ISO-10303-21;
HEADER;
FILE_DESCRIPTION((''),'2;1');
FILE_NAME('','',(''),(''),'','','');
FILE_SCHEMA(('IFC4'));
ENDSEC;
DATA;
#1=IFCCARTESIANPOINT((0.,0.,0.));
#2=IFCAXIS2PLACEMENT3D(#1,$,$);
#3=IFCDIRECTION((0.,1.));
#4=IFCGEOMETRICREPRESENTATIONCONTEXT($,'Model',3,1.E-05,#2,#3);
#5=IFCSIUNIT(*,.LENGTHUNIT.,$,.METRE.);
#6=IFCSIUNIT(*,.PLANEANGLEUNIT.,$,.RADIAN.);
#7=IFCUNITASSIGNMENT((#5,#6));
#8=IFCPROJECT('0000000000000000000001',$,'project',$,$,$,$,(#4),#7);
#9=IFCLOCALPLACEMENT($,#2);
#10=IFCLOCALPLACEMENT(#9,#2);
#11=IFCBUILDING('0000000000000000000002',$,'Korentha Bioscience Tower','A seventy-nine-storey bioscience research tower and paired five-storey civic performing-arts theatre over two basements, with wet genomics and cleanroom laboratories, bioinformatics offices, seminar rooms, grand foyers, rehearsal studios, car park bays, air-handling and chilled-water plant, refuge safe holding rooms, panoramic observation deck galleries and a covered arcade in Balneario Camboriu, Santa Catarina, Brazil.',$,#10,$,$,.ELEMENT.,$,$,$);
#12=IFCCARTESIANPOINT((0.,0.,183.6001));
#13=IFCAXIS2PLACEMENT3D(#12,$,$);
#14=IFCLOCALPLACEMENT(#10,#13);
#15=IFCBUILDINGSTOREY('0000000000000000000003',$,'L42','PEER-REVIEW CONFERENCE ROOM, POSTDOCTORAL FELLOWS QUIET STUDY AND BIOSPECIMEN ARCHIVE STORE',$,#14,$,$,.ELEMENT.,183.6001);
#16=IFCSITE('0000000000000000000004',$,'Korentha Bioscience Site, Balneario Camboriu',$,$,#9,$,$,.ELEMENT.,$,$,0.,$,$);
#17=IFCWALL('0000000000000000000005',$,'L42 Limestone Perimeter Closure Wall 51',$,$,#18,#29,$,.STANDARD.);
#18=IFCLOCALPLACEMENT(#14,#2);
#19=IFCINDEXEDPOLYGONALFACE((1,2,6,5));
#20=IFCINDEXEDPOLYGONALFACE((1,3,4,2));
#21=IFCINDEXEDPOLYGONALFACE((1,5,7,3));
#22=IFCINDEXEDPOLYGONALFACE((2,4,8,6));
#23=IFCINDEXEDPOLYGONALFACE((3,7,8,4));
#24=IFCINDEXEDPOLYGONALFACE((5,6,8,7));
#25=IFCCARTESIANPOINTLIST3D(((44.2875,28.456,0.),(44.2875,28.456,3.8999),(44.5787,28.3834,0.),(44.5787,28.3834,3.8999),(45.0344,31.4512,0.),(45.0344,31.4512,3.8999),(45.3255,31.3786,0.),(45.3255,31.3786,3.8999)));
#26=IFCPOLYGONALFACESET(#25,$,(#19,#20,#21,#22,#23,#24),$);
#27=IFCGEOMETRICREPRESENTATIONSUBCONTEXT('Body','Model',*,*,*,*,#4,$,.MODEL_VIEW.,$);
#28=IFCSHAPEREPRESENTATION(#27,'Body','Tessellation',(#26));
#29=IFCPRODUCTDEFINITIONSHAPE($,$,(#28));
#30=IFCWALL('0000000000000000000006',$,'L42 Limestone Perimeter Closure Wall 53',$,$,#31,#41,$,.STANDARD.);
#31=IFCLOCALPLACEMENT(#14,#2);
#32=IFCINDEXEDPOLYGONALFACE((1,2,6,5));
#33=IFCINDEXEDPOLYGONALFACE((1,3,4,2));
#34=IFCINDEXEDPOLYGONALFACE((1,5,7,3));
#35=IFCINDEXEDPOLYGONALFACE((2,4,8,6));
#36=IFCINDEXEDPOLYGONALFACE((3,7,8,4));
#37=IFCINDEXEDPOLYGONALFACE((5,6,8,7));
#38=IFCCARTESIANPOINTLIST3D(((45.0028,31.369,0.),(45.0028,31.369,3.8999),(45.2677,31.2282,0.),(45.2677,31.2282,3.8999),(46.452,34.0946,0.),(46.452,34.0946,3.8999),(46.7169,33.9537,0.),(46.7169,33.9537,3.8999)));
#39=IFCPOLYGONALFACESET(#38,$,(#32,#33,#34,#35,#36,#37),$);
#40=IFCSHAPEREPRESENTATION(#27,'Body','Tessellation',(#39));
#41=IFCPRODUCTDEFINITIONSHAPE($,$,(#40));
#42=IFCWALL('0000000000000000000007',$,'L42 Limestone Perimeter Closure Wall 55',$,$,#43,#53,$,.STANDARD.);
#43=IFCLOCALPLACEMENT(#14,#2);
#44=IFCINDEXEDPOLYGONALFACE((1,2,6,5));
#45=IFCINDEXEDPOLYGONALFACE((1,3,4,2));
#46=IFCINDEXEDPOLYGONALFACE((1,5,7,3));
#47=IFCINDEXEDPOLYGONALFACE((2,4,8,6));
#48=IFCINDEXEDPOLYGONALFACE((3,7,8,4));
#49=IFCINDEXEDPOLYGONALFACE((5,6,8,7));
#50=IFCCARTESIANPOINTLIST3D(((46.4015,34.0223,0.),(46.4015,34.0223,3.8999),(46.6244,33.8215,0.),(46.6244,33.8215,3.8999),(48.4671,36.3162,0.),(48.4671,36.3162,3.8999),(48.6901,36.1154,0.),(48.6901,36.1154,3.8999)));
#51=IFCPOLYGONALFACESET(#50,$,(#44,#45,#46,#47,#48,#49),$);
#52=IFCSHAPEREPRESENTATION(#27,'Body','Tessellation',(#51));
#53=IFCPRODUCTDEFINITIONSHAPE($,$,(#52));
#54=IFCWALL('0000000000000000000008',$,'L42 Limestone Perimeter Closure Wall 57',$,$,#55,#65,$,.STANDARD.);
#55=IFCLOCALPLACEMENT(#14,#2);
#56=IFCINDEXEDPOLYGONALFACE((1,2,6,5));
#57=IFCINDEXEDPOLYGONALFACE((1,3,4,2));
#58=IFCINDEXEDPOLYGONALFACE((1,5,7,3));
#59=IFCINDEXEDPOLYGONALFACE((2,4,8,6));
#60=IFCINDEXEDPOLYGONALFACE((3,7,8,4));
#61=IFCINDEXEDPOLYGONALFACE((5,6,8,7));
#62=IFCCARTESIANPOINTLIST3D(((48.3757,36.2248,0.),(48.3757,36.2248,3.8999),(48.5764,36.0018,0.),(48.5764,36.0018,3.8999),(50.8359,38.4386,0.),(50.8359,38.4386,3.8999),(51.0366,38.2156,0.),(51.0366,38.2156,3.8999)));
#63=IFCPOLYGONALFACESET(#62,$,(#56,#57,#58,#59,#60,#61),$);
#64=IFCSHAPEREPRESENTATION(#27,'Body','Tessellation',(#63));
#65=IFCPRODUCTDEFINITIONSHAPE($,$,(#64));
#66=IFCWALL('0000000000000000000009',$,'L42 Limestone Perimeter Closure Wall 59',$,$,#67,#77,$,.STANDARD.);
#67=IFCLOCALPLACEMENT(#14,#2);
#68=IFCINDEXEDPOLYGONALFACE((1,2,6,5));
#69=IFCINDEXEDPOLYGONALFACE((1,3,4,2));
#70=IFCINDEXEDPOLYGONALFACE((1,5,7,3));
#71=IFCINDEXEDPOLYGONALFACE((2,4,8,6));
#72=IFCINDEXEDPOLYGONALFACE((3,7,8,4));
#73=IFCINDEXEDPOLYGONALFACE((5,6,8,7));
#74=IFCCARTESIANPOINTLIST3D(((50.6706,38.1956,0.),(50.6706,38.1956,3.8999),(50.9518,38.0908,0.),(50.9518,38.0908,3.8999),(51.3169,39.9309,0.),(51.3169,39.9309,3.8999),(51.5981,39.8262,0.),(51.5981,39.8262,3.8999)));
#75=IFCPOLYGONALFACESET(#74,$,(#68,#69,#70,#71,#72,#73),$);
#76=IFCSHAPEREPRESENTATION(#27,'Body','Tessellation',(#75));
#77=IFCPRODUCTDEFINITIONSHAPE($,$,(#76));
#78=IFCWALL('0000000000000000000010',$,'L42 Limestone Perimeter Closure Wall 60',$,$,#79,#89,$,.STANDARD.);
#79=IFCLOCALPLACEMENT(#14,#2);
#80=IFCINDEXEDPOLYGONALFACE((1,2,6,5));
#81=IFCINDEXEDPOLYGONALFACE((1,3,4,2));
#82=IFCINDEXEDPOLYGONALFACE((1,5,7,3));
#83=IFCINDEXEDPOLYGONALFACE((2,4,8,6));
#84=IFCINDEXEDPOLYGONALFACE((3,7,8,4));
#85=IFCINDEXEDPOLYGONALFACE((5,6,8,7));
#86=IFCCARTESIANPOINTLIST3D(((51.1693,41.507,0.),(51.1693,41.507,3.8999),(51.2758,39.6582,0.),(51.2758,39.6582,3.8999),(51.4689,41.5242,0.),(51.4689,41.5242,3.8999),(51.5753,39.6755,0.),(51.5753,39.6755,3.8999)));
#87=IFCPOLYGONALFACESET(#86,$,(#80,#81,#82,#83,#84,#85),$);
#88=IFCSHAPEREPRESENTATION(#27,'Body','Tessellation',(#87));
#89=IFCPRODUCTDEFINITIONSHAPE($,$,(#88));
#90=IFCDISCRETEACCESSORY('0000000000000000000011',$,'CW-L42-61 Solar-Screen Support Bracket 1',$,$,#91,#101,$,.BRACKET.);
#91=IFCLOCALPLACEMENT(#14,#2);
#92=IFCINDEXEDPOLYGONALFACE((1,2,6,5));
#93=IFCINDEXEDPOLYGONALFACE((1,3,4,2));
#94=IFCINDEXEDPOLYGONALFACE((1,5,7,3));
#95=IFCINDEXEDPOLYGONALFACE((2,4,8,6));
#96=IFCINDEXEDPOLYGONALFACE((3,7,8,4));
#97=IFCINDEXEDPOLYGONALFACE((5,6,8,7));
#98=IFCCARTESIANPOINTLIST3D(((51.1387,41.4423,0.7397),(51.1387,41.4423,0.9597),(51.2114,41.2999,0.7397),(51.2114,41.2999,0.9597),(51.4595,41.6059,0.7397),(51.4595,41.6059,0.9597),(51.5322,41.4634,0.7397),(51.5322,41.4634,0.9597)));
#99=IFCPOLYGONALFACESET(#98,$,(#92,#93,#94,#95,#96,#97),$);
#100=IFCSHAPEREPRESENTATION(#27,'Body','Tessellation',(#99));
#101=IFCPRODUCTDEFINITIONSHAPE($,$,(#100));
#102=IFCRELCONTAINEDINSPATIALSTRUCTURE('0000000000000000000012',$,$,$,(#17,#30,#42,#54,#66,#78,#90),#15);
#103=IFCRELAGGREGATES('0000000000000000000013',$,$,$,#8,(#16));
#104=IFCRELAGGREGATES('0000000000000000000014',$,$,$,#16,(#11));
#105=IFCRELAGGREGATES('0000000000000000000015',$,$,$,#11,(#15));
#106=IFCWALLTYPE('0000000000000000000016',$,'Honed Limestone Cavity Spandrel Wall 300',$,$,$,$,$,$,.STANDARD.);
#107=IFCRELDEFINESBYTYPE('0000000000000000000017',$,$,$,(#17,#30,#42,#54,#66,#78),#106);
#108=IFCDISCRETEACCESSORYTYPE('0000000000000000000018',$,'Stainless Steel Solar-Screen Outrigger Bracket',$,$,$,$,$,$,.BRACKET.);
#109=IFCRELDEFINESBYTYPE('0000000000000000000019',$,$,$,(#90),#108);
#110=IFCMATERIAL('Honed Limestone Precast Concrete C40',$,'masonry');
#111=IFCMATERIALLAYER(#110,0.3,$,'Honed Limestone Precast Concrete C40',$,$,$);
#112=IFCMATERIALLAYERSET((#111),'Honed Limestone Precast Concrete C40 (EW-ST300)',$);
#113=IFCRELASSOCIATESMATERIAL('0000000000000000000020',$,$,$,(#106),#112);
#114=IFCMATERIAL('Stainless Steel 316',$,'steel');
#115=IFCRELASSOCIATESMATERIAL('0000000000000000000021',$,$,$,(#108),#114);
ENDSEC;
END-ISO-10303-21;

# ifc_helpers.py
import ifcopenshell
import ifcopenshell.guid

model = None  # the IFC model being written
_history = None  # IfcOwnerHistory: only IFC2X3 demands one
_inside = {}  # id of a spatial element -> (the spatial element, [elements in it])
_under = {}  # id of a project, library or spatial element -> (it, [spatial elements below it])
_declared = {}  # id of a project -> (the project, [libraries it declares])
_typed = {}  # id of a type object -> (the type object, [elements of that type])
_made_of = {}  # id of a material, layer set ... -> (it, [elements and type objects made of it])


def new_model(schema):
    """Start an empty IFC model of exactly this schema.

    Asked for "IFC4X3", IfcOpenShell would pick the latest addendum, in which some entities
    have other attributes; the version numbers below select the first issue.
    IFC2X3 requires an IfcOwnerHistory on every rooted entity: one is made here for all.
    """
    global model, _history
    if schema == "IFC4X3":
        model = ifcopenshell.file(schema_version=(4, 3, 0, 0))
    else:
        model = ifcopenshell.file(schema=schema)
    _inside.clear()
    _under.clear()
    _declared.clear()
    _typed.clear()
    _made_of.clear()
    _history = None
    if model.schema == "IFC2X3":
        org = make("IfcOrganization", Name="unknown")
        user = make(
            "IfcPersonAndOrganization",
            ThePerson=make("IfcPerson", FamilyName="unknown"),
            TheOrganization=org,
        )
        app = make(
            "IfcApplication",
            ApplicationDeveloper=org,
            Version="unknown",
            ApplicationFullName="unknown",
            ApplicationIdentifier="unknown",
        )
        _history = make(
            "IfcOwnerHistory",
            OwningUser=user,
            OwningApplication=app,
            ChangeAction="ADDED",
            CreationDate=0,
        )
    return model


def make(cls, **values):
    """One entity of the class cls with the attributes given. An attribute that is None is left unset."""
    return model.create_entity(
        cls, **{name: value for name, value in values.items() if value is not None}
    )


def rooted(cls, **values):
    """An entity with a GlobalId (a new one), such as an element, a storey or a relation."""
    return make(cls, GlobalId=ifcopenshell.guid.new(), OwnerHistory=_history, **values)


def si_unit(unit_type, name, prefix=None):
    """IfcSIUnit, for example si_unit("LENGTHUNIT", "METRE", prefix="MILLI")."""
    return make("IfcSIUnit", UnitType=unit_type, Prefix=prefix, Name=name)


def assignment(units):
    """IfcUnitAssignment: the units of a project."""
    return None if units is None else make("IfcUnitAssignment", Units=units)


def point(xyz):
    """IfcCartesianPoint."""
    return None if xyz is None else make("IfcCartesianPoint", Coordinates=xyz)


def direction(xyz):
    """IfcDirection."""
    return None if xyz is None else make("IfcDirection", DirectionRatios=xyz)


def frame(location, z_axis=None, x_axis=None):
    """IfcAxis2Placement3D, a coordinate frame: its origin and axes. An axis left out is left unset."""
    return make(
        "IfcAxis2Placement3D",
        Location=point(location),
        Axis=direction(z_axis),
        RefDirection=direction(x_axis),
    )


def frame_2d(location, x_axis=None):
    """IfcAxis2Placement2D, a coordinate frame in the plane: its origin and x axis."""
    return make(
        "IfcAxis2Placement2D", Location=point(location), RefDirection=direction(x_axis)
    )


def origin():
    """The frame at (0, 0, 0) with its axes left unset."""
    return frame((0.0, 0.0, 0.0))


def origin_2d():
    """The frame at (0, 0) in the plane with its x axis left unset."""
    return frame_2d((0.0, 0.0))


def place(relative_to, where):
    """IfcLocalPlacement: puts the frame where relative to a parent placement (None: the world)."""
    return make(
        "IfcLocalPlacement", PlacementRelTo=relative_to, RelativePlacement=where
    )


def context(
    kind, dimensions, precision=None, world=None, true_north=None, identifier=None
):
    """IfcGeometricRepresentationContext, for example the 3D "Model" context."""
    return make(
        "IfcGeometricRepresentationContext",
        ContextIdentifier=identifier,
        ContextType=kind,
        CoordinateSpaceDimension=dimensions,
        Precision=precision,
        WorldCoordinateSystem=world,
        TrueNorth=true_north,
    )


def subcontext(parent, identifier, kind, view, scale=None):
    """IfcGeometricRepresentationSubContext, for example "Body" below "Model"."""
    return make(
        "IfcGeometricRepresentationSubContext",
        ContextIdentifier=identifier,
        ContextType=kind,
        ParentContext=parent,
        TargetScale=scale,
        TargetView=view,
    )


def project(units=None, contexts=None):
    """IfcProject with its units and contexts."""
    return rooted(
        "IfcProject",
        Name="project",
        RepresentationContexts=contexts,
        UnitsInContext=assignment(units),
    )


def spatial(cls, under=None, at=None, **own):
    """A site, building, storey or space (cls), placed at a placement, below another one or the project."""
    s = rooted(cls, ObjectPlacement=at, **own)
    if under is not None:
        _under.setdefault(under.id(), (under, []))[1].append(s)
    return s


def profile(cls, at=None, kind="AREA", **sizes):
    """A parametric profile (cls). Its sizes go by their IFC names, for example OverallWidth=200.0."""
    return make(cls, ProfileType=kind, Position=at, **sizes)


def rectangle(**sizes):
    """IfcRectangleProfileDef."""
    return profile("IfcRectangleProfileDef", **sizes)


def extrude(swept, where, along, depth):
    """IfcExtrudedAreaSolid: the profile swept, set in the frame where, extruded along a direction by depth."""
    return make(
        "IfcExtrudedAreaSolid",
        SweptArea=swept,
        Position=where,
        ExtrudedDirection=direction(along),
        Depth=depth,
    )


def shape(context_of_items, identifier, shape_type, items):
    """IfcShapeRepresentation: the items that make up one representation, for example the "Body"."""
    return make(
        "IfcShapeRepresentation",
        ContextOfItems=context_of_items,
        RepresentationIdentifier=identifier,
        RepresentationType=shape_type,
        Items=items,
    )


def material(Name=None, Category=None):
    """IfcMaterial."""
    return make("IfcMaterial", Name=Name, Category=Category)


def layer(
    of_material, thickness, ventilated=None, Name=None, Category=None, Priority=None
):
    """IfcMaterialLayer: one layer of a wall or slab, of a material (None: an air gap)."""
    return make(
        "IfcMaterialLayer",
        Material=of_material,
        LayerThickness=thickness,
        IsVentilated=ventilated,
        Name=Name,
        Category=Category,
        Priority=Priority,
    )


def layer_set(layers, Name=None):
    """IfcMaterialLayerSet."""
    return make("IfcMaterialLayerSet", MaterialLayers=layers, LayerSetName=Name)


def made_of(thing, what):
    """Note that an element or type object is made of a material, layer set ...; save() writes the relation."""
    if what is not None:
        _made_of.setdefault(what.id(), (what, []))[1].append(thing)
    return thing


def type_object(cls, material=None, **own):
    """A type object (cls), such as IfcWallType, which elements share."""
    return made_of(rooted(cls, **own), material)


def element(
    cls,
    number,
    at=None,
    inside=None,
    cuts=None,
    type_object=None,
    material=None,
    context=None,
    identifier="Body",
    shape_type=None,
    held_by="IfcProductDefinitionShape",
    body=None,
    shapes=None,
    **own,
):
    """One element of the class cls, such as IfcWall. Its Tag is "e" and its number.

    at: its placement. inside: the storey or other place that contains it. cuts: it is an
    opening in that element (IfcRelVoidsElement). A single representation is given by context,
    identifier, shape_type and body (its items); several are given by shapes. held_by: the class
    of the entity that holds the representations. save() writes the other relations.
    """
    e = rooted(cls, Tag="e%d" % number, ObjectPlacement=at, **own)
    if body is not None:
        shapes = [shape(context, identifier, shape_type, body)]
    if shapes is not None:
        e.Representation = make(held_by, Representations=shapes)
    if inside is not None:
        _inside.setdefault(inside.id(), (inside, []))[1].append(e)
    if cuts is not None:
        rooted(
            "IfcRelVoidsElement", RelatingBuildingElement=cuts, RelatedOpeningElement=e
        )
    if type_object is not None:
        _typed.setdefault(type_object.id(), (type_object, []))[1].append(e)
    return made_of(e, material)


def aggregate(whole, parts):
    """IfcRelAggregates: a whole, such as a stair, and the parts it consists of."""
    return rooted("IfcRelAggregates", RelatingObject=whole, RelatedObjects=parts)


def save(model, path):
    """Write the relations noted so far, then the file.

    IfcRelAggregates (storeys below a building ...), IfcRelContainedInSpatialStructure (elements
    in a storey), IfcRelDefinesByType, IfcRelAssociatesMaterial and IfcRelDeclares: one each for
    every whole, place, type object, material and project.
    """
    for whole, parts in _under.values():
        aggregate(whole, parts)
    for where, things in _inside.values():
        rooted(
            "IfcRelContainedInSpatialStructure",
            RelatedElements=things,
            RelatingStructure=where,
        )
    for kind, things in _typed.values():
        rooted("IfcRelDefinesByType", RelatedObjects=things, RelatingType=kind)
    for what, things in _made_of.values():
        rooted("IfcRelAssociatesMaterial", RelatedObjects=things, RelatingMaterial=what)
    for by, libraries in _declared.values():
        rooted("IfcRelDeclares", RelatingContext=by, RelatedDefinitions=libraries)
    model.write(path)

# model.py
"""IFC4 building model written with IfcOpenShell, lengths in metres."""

from ifc_helpers import new_model, si_unit, direction, frame, frame_2d, origin, origin_2d, place, context, subcontext, project, spatial, rectangle, extrude, material, layer, layer_set, type_object, element, save


model = new_model("IFC4")

# Units and contexts
model_context = context("Model", 3, precision=1e-05, world=origin(), true_north=direction((0.0, 1.0)))
body_context = subcontext(model_context, "Body", "Model", "MODEL_VIEW")
ifc_project = project(units=[si_unit("LENGTHUNIT", "METRE"), si_unit("PLANEANGLEUNIT", "RADIAN")], contexts=[model_context])

# Site, building, storey
site_placement = place(None, origin())
site = spatial("IfcSite", under=ifc_project, at=site_placement, Name="Korentha Bioscience Site, Balneario Camboriu", CompositionType="ELEMENT", RefElevation=0.0)
building_placement = place(site_placement, origin())
building = spatial("IfcBuilding", under=site, at=building_placement, Name="Korentha Bioscience Tower", Description="A seventy-nine-storey bioscience research tower and paired five-storey civic performing-arts theatre over two basements, with wet genomics and cleanroom laboratories, bioinformatics offices, seminar rooms, grand foyers, rehearsal studios, car park bays, air-handling and chilled-water plant, refuge safe holding rooms, panoramic observation deck galleries and a covered arcade in Balneario Camboriu, Santa Catarina, Brazil.", CompositionType="ELEMENT")
storey_placement = place(building_placement, frame((0.0, 0.0, 183.6001)))
storey = spatial("IfcBuildingStorey", under=building, at=storey_placement, Name="L42", Description="PEER-REVIEW CONFERENCE ROOM, POSTDOCTORAL FELLOWS QUIET STUDY AND BIOSPECIMEN ARCHIVE STORE", CompositionType="ELEMENT", Elevation=183.6001)

# Walls
ifc_material_1 = material(Name="Honed Limestone Precast Concrete C40", Category="masonry")
ifc_layer_1 = layer(ifc_material_1, 0.3, Name="Honed Limestone Precast Concrete C40")
ifc_layer_set_1 = layer_set([ifc_layer_1], Name="Honed Limestone Precast Concrete C40 (EW-ST300)")
wall_type_1 = type_object("IfcWallType", Name="Honed Limestone Cavity Spandrel Wall 300", PredefinedType="STANDARD", material=ifc_layer_set_1)
for number, where, z_axis, x_axis, name in (
    (1, (44.4331, 28.4197, 0.0), (0.0, 0.0, 1.0), (0.24194, 0.970291, 0.0), "L42 Limestone Perimeter Closure Wall 51"),
    (2, (45.1353, 31.2986, 0.0), (0.0, 0.0, 1.0), (0.469471, 0.882948, 0.0), "L42 Limestone Perimeter Closure Wall 53"),
    (3, (46.5129, 33.9219, 0.0), (0.0, 0.0, 1.0), (0.669166, 0.743113, 0.0), "L42 Limestone Perimeter Closure Wall 55"),
):
    element("IfcWall", number, at=place(storey_placement, frame(where, z_axis=z_axis, x_axis=x_axis)), inside=storey, type_object=wall_type_1, Name=name, PredefinedType="STANDARD", context=body_context, shape_type="SweptSolid", body=[
        extrude(rectangle(XDim=3.0869, YDim=0.3, at=frame_2d((1.5435, 0.0))), origin(), (0.0, 0.0, 1.0), 3.8999),
    ])
wall_1_placement = place(storey_placement, frame((48.4761, 36.1133, 0.0), z_axis=(0.0, 0.0, 1.0), x_axis=(0.743342, 0.668912, 0.0)))
element("IfcWall", 4, at=wall_1_placement, inside=storey, type_object=wall_type_1, Name="L42 Limestone Perimeter Closure Wall 57", PredefinedType="STANDARD", context=body_context, shape_type="SweptSolid", body=[
    extrude(rectangle(XDim=3.3096, YDim=0.3, at=frame_2d((1.6548, 0.0))), origin(), (0.0, 0.0, 1.0), 3.8999),
])
for number, where, z_axis, x_axis, name in (
    (5, (50.8113, 38.1433, 0.0), (0.0, 0.0, 1.0), (0.348984, 0.937129, 0.0), "L42 Limestone Perimeter Closure Wall 59"),
    (6, (51.4255, 39.667, 0.0), (0.0, 0.0, 1.0), (-0.057485, 0.998346, 0.0), "L42 Limestone Perimeter Closure Wall 60"),
):
    element("IfcWall", number, at=place(storey_placement, frame(where, z_axis=z_axis, x_axis=x_axis)), inside=storey, type_object=wall_type_1, Name=name, PredefinedType="STANDARD", context=body_context, shape_type="SweptSolid", body=[
        extrude(rectangle(XDim=1.8518, YDim=0.3, at=frame_2d((0.9258, 0.0))), origin(), (0.0, 0.0, 1.0), 3.8999),
    ])

# Discrete accessory
ifc_material_2 = material(Name="Stainless Steel 316", Category="steel")
discrete_accessory_type = type_object("IfcDiscreteAccessoryType", Name="Stainless Steel Solar-Screen Outrigger Bracket", PredefinedType="BRACKET", material=ifc_material_2)
discrete_accessory_placement = place(storey_placement, frame((51.3354, 41.4529, 0.7397), z_axis=(0.0, 0.0, 1.0), x_axis=(-0.454288, 0.890855, 0.0)))
element("IfcDiscreteAccessory", 7, at=discrete_accessory_placement, inside=storey, type_object=discrete_accessory_type, Name="CW-L42-61 Solar-Screen Support Bracket 1", PredefinedType="BRACKET", context=body_context, shape_type="SweptSolid", body=[
    extrude(rectangle(XDim=0.1599, YDim=0.3601, at=origin_2d()), origin(), (0.0, 0.0, 1.0), 0.22),
])

save(model, "model.ifc")
